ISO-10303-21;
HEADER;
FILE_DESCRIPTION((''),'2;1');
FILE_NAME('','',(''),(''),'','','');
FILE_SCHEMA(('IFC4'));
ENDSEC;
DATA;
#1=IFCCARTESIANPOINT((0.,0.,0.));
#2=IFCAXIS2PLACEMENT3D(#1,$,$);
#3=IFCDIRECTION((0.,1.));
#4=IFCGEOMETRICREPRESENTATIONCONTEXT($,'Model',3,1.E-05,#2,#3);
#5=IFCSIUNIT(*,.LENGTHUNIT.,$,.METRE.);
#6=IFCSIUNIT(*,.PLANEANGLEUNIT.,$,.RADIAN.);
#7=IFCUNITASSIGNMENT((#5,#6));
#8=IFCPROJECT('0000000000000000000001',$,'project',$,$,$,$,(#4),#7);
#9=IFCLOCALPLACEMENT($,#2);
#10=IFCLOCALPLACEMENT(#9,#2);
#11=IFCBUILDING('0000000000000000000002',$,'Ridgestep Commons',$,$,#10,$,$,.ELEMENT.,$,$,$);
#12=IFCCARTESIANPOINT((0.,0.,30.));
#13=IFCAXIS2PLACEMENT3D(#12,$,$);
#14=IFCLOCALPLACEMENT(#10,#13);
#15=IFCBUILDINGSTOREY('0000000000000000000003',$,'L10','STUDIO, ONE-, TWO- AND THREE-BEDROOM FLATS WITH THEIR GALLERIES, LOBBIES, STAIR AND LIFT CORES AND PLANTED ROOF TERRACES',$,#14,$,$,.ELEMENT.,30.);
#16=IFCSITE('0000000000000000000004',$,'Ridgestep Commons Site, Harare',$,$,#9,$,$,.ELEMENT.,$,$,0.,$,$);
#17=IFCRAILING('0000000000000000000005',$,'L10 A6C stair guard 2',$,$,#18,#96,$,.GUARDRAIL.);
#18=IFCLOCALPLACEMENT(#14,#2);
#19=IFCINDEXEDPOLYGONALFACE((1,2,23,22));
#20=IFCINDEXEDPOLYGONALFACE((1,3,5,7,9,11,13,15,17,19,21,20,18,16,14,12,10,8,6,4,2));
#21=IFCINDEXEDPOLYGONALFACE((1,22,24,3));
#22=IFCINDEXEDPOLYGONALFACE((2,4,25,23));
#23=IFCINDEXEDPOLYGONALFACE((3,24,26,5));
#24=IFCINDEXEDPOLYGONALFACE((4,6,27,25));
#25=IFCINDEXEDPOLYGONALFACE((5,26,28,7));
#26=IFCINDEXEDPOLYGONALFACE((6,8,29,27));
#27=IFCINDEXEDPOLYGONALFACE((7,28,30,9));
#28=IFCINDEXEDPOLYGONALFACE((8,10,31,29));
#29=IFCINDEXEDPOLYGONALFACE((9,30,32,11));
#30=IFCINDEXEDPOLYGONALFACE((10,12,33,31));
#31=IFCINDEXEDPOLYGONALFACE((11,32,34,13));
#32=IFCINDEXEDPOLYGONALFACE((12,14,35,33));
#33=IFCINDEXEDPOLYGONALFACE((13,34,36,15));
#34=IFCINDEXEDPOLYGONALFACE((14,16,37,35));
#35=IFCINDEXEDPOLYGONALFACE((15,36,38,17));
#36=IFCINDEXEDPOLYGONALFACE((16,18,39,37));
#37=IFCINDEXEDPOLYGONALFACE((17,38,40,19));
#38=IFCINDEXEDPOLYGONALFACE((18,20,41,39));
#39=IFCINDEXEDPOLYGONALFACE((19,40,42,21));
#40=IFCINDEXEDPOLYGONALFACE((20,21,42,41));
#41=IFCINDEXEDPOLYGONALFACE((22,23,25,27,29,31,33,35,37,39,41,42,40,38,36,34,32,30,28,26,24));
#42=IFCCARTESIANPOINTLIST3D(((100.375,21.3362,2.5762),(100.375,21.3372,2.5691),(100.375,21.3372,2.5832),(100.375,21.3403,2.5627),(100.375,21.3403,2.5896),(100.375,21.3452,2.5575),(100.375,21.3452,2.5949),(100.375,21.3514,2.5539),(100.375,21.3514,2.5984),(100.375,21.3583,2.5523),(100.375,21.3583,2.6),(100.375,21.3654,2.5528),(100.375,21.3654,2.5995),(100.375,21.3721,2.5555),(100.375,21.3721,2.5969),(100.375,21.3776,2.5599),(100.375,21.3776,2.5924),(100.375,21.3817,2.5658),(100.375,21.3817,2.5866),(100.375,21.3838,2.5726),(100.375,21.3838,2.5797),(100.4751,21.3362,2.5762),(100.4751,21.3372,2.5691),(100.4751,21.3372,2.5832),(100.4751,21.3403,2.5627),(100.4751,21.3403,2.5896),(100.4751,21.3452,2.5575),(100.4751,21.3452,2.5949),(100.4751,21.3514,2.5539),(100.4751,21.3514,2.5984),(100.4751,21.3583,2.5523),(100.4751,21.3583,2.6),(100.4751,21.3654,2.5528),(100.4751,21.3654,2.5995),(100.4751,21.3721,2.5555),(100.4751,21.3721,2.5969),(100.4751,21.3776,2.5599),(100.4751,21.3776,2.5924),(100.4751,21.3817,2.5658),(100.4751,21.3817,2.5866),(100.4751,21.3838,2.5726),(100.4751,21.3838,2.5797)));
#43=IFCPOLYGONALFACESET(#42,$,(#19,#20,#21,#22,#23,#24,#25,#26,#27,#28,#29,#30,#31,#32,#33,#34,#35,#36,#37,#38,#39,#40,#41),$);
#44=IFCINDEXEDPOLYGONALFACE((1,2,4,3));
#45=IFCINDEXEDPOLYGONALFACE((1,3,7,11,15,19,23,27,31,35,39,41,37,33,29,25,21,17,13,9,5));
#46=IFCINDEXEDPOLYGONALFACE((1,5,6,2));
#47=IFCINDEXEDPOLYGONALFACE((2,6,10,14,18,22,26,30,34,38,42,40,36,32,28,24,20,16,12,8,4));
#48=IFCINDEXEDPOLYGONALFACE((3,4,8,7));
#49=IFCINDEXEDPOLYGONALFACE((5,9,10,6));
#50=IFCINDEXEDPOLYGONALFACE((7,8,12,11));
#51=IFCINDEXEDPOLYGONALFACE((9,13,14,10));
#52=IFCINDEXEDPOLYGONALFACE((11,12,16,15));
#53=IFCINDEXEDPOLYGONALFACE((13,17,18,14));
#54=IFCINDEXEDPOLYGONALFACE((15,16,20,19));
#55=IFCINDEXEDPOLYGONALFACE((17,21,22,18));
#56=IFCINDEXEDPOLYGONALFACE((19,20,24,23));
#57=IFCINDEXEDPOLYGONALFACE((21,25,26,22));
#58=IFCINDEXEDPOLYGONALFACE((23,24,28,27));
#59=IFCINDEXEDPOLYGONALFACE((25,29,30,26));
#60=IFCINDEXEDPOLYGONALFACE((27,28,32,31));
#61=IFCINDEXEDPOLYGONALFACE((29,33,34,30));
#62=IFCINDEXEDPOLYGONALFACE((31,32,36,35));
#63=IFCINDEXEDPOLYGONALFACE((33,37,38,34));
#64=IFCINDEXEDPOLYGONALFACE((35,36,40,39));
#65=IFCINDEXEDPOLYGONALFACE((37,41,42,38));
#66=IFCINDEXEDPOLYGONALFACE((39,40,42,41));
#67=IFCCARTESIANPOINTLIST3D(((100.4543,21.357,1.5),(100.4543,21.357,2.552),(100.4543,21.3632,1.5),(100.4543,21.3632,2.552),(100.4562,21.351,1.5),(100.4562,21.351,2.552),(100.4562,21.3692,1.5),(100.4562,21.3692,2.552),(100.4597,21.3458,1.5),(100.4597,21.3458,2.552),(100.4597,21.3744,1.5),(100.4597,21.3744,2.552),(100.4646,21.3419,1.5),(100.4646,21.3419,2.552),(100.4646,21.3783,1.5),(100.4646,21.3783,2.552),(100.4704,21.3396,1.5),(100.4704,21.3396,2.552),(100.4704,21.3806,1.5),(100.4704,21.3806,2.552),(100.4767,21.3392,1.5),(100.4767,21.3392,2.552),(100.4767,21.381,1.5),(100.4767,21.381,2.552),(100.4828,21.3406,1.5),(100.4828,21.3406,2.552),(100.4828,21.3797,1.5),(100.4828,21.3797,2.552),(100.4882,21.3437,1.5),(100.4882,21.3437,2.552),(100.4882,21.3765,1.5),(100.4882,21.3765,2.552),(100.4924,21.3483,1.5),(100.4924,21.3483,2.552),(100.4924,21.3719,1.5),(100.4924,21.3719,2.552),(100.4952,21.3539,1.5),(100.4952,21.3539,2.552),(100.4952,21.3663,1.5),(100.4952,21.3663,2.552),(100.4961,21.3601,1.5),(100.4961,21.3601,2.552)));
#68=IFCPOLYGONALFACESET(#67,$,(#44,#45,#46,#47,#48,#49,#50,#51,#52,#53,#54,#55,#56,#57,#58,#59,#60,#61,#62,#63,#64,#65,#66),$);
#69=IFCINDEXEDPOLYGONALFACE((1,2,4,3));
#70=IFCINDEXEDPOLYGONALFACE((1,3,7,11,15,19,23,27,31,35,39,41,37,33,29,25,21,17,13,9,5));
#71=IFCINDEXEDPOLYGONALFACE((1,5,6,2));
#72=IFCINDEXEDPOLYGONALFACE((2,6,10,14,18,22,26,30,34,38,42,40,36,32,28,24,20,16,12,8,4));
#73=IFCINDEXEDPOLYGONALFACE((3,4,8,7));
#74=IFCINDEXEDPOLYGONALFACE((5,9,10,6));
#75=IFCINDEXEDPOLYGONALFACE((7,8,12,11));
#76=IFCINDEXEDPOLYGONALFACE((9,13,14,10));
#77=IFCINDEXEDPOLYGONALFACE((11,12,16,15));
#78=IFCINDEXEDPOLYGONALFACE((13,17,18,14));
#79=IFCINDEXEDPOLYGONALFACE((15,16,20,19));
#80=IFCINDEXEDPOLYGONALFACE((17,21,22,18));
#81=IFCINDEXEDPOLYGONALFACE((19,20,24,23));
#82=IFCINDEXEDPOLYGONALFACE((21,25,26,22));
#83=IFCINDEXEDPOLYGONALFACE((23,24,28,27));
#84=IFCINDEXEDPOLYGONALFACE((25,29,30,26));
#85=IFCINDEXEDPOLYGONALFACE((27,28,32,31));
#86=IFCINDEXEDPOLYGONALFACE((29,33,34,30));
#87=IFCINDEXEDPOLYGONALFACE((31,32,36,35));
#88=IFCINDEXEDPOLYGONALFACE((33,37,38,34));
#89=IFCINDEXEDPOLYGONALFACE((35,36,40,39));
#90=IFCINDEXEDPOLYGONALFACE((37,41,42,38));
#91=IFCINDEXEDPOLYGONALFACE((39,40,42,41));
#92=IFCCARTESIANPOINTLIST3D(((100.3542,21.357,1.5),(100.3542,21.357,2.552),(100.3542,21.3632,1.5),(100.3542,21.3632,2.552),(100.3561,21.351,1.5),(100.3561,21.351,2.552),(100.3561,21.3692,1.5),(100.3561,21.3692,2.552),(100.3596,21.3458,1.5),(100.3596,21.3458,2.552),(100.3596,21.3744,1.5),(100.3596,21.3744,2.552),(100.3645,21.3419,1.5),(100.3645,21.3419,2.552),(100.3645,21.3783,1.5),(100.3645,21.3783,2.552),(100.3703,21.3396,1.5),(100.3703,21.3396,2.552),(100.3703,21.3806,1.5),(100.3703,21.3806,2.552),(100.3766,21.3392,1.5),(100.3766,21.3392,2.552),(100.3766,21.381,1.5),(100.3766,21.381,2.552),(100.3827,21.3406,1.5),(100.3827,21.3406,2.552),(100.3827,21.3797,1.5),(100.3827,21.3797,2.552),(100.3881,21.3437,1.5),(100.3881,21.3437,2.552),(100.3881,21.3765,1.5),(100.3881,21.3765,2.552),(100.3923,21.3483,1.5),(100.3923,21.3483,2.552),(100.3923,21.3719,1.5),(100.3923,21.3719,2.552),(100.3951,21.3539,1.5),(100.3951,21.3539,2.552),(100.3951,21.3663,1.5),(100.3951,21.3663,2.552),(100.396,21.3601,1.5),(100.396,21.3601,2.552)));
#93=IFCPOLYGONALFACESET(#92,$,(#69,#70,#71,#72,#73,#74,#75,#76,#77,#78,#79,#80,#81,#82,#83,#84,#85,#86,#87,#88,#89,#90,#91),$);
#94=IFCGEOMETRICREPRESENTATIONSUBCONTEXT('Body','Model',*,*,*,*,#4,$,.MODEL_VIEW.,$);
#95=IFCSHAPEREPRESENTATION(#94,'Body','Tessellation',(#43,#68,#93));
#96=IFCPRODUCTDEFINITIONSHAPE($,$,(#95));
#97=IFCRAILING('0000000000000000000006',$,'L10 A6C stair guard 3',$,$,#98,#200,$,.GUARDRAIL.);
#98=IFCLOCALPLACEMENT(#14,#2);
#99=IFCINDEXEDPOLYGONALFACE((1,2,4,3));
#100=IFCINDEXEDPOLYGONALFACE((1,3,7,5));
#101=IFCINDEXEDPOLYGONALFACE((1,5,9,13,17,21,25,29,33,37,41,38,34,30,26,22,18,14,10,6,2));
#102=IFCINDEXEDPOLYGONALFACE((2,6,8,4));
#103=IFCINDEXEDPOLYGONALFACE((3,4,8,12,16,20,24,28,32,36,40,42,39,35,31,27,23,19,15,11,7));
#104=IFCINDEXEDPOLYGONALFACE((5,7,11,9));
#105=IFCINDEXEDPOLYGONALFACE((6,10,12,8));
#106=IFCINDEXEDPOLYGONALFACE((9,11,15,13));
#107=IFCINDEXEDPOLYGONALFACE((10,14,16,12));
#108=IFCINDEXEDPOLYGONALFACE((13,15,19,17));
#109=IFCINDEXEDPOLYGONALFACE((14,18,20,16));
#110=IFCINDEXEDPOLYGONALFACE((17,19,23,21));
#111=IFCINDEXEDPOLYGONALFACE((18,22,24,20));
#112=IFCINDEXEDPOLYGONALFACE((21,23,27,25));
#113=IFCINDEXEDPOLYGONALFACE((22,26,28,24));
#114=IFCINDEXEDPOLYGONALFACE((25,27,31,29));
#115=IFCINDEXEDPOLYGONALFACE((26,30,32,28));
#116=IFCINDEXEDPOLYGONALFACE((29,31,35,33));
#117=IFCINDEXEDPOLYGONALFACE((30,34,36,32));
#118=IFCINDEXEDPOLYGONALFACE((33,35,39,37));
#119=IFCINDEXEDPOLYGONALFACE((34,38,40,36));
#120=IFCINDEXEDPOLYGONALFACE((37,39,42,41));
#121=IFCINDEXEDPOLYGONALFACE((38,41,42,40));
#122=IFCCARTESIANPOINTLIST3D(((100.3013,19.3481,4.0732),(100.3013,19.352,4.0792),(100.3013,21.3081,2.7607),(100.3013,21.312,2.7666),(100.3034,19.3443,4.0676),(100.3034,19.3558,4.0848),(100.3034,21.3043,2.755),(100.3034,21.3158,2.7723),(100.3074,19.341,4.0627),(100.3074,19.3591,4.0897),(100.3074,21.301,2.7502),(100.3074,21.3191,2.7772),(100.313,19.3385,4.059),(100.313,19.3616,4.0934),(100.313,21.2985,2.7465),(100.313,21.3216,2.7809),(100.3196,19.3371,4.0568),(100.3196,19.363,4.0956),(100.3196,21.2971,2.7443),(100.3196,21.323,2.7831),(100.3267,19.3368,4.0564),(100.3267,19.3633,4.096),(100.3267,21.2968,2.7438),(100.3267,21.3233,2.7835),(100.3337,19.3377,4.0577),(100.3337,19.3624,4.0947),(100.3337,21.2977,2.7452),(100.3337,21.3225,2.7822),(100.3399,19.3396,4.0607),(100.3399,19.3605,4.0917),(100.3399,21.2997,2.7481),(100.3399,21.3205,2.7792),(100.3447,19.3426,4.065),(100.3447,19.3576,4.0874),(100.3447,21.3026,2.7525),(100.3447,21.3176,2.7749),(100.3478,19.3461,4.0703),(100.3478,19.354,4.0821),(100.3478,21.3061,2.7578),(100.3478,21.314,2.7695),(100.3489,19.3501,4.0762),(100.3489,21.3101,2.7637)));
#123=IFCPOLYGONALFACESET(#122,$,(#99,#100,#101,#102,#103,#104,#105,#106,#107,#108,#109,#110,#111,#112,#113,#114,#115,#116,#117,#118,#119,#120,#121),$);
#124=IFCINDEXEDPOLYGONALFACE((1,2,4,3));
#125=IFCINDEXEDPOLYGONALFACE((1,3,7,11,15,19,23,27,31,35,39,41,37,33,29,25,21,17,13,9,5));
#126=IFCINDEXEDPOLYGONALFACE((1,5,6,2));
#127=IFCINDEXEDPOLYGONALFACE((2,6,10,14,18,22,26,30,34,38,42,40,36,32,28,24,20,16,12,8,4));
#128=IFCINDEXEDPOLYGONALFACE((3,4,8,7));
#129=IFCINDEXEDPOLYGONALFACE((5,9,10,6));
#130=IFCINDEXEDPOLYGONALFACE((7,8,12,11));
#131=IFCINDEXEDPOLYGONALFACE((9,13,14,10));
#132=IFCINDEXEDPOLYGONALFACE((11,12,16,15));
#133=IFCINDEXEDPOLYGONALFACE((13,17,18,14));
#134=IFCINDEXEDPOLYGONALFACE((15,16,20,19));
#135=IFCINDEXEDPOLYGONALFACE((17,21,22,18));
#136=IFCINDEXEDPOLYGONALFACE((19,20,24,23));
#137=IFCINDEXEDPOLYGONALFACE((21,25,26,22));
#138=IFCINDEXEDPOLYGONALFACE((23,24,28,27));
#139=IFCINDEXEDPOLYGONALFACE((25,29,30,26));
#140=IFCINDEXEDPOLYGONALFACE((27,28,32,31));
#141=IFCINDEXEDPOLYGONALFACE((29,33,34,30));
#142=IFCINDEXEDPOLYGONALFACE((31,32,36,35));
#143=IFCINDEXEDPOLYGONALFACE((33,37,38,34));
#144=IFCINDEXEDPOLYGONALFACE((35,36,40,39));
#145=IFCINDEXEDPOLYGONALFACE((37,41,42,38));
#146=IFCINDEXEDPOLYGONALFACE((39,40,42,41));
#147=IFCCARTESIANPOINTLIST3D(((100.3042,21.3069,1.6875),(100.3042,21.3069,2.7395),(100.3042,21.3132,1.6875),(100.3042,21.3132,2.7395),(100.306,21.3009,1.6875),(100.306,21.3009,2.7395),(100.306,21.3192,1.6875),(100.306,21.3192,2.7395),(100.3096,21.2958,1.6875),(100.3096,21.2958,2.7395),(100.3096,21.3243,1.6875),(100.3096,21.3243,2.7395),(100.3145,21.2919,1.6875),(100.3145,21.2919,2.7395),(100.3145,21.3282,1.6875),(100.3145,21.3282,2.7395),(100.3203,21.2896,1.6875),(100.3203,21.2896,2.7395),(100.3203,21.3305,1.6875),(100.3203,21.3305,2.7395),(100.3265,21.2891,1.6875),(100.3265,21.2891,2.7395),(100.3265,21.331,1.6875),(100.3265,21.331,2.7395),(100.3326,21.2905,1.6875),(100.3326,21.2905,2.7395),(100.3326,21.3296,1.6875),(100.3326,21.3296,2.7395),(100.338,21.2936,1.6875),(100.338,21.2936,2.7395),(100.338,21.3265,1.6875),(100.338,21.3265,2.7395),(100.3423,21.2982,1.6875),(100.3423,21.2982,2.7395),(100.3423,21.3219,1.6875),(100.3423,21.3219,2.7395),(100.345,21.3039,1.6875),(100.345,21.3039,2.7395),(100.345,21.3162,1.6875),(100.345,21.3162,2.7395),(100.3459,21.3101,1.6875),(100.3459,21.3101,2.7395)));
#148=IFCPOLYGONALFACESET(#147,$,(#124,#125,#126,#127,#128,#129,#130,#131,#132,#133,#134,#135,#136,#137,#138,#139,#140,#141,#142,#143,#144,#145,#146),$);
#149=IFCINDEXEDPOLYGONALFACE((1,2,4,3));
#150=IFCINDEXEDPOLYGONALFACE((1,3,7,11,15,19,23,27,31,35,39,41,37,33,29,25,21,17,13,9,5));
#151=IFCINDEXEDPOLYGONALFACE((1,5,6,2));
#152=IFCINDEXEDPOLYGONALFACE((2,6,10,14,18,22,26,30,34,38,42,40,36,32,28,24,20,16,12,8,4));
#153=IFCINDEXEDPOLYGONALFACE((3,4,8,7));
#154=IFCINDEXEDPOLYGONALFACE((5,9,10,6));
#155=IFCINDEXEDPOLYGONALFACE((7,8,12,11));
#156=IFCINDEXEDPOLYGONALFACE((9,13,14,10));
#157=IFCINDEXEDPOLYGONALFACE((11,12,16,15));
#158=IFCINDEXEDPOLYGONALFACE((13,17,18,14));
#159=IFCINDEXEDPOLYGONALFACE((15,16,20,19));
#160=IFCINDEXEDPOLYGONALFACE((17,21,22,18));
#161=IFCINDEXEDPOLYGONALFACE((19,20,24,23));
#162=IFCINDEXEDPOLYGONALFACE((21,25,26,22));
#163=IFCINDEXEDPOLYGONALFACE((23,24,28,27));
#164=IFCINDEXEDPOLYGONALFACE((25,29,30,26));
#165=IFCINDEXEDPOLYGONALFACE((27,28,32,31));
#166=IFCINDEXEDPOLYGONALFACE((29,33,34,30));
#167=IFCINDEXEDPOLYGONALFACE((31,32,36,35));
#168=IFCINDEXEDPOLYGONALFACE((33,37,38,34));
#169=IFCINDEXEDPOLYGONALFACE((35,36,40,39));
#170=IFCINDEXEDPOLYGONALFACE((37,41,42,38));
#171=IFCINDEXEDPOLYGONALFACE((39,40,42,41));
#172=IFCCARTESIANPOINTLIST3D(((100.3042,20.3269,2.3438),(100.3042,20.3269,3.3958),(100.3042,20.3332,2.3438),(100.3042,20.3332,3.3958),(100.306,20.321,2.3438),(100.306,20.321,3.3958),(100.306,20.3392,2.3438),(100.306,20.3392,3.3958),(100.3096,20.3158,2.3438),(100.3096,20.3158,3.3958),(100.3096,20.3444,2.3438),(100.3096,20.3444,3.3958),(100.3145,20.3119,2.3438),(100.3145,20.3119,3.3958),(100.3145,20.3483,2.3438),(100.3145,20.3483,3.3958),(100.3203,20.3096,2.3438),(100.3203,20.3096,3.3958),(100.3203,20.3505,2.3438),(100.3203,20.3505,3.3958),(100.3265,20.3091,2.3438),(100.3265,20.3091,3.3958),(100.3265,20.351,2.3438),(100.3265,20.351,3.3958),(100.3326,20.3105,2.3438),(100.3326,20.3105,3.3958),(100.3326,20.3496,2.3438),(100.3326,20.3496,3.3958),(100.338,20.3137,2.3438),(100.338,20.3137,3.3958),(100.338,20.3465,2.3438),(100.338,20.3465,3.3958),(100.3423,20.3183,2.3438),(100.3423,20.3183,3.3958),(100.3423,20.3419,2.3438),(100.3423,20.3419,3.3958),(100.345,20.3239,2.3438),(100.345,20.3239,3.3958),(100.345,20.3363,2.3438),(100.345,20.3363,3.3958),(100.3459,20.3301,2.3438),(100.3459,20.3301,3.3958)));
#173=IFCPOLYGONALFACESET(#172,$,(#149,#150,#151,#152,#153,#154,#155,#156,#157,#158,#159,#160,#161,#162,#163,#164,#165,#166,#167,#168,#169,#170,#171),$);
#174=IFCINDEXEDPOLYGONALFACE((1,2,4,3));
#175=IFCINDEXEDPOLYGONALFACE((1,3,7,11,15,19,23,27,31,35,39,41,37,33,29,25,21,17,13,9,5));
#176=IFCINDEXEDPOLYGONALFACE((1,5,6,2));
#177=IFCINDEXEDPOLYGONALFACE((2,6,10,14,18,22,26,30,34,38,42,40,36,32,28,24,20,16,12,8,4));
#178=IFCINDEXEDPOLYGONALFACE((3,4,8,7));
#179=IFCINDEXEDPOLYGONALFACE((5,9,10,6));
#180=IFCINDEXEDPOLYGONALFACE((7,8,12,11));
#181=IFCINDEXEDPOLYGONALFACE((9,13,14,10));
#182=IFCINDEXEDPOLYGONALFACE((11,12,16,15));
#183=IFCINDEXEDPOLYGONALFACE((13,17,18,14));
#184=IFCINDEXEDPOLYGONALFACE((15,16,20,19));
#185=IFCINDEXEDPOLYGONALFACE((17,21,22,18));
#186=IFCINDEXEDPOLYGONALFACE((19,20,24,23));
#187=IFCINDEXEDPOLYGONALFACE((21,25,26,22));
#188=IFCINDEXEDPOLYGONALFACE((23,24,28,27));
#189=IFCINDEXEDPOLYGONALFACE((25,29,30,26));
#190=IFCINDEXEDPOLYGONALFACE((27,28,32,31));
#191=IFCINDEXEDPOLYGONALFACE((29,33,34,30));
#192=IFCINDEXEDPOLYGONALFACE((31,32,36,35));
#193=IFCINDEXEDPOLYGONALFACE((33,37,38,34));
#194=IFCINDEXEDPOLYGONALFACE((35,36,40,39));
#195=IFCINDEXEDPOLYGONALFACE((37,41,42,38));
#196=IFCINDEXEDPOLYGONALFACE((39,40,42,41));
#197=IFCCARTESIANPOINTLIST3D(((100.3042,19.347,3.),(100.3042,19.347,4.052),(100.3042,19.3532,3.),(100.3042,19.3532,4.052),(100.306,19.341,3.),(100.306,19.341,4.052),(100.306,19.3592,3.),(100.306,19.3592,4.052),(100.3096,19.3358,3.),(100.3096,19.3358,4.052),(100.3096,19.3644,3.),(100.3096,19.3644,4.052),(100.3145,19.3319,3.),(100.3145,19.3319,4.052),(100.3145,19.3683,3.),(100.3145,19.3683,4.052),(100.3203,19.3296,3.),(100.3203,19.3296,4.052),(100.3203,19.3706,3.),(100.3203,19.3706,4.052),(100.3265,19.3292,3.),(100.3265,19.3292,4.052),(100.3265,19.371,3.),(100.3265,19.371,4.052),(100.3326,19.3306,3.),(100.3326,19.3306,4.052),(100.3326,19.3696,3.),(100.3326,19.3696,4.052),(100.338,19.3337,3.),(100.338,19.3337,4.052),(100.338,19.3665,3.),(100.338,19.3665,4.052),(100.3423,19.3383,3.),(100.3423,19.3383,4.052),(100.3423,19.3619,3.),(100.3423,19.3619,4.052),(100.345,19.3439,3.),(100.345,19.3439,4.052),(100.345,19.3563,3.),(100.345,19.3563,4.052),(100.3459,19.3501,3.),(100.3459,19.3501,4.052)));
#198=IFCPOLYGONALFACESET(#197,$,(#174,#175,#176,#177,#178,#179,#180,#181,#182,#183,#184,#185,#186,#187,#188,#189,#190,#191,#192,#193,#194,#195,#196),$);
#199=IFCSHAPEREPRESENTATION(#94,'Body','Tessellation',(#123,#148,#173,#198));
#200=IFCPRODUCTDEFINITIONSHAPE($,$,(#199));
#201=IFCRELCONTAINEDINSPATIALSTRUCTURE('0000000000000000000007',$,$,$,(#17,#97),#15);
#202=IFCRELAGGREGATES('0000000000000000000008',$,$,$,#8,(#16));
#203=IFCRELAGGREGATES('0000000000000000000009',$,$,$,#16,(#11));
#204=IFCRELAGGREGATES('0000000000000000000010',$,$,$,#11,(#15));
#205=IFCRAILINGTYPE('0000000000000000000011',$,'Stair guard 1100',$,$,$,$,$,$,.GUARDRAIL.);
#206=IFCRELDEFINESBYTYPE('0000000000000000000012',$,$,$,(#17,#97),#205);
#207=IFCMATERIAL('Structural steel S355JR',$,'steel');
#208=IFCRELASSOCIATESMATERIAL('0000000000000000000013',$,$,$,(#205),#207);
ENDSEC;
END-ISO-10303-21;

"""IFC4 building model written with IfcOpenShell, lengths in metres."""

from ifc_helpers import new_model, si_unit, direction, frame, origin, origin_2d, place, context, subcontext, project, spatial, circle, extrude, material, type_object, element, save


model = new_model("IFC4")

# Units and contexts
model_context = context("Model", 3, precision=1e-05, world=origin(), true_north=direction((0.0, 1.0)))
body_context = subcontext(model_context, "Body", "Model", "MODEL_VIEW")
ifc_project = project(units=[si_unit("LENGTHUNIT", "METRE"), si_unit("PLANEANGLEUNIT", "RADIAN")], contexts=[model_context])

# Site, building, storey
site_placement = place(None, origin())
site = spatial("IfcSite", under=ifc_project, at=site_placement, Name="Ridgestep Commons Site, Harare", CompositionType="ELEMENT", RefElevation=0.0)
building_placement = place(site_placement, origin())
building = spatial("IfcBuilding", under=site, at=building_placement, Name="Ridgestep Commons", CompositionType="ELEMENT")
storey_placement = place(building_placement, frame((0.0, 0.0, 30.0)))
storey = spatial("IfcBuildingStorey", under=building, at=storey_placement, Name="L10", Description="STUDIO, ONE-, TWO- AND THREE-BEDROOM FLATS WITH THEIR GALLERIES, LOBBIES, STAIR AND LIFT CORES AND PLANTED ROOF TERRACES", CompositionType="ELEMENT", Elevation=30.0)

# Railings
ifc_material_1 = material(Name="Structural steel S355JR", Category="steel")
railing_type_1 = type_object("IfcRailingType", Name="Stair guard 1100", PredefinedType="GUARDRAIL", material=ifc_material_1)
for number, where, name in (
    (1, (100.4751, 21.3601, 1.5), "L10 A6C stair guard 2"),
):
    element("IfcRailing", number, at=place(storey_placement, frame(where)), inside=storey, type_object=railing_type_1, Name=name, PredefinedType="GUARDRAIL", context=body_context, shape_type="SweptSolid", body=[
        extrude(circle(Radius=0.0239, at=origin_2d()), frame((0.0, 0.0, 1.0762), z_axis=(-1.0, 0.0, 0.0), x_axis=(0.0, -1.0, 0.0)), (0.0, 0.0, 1.0), 0.1001),
        extrude(circle(Radius=0.021, at=origin_2d()), origin(), (0.0, 0.0, 1.0), 1.052),
        extrude(circle(Radius=0.021, at=origin_2d()), frame((-0.1001, 0.0, 0.0)), (0.0, 0.0, 1.0), 1.052),
    ])
railing_1_placement = place(storey_placement, frame((100.325, 21.3101, 1.6875)))
element("IfcRailing", 2, at=railing_1_placement, inside=storey, type_object=railing_type_1, Name="L10 A6C stair guard 3", PredefinedType="GUARDRAIL", context=body_context, shape_type="SweptSolid", body=[
    extrude(circle(Radius=0.0239, at=origin_2d()), frame((0.0, 0.0, 1.0762), z_axis=(0.0, -0.830902, 0.556419), x_axis=(1.0, 0.0, 0.0)), (0.0, 0.0, 1.0), 2.3589),
    extrude(circle(Radius=0.021, at=origin_2d()), origin(), (0.0, 0.0, 1.0), 1.052),
    extrude(circle(Radius=0.021, at=origin_2d()), frame((0.0, -0.98, 0.6562)), (0.0, 0.0, 1.0), 1.052),
    extrude(circle(Radius=0.021, at=origin_2d()), frame((0.0, -1.96, 1.3125)), (0.0, 0.0, 1.0), 1.052),
])

save(model, "model.ifc")
